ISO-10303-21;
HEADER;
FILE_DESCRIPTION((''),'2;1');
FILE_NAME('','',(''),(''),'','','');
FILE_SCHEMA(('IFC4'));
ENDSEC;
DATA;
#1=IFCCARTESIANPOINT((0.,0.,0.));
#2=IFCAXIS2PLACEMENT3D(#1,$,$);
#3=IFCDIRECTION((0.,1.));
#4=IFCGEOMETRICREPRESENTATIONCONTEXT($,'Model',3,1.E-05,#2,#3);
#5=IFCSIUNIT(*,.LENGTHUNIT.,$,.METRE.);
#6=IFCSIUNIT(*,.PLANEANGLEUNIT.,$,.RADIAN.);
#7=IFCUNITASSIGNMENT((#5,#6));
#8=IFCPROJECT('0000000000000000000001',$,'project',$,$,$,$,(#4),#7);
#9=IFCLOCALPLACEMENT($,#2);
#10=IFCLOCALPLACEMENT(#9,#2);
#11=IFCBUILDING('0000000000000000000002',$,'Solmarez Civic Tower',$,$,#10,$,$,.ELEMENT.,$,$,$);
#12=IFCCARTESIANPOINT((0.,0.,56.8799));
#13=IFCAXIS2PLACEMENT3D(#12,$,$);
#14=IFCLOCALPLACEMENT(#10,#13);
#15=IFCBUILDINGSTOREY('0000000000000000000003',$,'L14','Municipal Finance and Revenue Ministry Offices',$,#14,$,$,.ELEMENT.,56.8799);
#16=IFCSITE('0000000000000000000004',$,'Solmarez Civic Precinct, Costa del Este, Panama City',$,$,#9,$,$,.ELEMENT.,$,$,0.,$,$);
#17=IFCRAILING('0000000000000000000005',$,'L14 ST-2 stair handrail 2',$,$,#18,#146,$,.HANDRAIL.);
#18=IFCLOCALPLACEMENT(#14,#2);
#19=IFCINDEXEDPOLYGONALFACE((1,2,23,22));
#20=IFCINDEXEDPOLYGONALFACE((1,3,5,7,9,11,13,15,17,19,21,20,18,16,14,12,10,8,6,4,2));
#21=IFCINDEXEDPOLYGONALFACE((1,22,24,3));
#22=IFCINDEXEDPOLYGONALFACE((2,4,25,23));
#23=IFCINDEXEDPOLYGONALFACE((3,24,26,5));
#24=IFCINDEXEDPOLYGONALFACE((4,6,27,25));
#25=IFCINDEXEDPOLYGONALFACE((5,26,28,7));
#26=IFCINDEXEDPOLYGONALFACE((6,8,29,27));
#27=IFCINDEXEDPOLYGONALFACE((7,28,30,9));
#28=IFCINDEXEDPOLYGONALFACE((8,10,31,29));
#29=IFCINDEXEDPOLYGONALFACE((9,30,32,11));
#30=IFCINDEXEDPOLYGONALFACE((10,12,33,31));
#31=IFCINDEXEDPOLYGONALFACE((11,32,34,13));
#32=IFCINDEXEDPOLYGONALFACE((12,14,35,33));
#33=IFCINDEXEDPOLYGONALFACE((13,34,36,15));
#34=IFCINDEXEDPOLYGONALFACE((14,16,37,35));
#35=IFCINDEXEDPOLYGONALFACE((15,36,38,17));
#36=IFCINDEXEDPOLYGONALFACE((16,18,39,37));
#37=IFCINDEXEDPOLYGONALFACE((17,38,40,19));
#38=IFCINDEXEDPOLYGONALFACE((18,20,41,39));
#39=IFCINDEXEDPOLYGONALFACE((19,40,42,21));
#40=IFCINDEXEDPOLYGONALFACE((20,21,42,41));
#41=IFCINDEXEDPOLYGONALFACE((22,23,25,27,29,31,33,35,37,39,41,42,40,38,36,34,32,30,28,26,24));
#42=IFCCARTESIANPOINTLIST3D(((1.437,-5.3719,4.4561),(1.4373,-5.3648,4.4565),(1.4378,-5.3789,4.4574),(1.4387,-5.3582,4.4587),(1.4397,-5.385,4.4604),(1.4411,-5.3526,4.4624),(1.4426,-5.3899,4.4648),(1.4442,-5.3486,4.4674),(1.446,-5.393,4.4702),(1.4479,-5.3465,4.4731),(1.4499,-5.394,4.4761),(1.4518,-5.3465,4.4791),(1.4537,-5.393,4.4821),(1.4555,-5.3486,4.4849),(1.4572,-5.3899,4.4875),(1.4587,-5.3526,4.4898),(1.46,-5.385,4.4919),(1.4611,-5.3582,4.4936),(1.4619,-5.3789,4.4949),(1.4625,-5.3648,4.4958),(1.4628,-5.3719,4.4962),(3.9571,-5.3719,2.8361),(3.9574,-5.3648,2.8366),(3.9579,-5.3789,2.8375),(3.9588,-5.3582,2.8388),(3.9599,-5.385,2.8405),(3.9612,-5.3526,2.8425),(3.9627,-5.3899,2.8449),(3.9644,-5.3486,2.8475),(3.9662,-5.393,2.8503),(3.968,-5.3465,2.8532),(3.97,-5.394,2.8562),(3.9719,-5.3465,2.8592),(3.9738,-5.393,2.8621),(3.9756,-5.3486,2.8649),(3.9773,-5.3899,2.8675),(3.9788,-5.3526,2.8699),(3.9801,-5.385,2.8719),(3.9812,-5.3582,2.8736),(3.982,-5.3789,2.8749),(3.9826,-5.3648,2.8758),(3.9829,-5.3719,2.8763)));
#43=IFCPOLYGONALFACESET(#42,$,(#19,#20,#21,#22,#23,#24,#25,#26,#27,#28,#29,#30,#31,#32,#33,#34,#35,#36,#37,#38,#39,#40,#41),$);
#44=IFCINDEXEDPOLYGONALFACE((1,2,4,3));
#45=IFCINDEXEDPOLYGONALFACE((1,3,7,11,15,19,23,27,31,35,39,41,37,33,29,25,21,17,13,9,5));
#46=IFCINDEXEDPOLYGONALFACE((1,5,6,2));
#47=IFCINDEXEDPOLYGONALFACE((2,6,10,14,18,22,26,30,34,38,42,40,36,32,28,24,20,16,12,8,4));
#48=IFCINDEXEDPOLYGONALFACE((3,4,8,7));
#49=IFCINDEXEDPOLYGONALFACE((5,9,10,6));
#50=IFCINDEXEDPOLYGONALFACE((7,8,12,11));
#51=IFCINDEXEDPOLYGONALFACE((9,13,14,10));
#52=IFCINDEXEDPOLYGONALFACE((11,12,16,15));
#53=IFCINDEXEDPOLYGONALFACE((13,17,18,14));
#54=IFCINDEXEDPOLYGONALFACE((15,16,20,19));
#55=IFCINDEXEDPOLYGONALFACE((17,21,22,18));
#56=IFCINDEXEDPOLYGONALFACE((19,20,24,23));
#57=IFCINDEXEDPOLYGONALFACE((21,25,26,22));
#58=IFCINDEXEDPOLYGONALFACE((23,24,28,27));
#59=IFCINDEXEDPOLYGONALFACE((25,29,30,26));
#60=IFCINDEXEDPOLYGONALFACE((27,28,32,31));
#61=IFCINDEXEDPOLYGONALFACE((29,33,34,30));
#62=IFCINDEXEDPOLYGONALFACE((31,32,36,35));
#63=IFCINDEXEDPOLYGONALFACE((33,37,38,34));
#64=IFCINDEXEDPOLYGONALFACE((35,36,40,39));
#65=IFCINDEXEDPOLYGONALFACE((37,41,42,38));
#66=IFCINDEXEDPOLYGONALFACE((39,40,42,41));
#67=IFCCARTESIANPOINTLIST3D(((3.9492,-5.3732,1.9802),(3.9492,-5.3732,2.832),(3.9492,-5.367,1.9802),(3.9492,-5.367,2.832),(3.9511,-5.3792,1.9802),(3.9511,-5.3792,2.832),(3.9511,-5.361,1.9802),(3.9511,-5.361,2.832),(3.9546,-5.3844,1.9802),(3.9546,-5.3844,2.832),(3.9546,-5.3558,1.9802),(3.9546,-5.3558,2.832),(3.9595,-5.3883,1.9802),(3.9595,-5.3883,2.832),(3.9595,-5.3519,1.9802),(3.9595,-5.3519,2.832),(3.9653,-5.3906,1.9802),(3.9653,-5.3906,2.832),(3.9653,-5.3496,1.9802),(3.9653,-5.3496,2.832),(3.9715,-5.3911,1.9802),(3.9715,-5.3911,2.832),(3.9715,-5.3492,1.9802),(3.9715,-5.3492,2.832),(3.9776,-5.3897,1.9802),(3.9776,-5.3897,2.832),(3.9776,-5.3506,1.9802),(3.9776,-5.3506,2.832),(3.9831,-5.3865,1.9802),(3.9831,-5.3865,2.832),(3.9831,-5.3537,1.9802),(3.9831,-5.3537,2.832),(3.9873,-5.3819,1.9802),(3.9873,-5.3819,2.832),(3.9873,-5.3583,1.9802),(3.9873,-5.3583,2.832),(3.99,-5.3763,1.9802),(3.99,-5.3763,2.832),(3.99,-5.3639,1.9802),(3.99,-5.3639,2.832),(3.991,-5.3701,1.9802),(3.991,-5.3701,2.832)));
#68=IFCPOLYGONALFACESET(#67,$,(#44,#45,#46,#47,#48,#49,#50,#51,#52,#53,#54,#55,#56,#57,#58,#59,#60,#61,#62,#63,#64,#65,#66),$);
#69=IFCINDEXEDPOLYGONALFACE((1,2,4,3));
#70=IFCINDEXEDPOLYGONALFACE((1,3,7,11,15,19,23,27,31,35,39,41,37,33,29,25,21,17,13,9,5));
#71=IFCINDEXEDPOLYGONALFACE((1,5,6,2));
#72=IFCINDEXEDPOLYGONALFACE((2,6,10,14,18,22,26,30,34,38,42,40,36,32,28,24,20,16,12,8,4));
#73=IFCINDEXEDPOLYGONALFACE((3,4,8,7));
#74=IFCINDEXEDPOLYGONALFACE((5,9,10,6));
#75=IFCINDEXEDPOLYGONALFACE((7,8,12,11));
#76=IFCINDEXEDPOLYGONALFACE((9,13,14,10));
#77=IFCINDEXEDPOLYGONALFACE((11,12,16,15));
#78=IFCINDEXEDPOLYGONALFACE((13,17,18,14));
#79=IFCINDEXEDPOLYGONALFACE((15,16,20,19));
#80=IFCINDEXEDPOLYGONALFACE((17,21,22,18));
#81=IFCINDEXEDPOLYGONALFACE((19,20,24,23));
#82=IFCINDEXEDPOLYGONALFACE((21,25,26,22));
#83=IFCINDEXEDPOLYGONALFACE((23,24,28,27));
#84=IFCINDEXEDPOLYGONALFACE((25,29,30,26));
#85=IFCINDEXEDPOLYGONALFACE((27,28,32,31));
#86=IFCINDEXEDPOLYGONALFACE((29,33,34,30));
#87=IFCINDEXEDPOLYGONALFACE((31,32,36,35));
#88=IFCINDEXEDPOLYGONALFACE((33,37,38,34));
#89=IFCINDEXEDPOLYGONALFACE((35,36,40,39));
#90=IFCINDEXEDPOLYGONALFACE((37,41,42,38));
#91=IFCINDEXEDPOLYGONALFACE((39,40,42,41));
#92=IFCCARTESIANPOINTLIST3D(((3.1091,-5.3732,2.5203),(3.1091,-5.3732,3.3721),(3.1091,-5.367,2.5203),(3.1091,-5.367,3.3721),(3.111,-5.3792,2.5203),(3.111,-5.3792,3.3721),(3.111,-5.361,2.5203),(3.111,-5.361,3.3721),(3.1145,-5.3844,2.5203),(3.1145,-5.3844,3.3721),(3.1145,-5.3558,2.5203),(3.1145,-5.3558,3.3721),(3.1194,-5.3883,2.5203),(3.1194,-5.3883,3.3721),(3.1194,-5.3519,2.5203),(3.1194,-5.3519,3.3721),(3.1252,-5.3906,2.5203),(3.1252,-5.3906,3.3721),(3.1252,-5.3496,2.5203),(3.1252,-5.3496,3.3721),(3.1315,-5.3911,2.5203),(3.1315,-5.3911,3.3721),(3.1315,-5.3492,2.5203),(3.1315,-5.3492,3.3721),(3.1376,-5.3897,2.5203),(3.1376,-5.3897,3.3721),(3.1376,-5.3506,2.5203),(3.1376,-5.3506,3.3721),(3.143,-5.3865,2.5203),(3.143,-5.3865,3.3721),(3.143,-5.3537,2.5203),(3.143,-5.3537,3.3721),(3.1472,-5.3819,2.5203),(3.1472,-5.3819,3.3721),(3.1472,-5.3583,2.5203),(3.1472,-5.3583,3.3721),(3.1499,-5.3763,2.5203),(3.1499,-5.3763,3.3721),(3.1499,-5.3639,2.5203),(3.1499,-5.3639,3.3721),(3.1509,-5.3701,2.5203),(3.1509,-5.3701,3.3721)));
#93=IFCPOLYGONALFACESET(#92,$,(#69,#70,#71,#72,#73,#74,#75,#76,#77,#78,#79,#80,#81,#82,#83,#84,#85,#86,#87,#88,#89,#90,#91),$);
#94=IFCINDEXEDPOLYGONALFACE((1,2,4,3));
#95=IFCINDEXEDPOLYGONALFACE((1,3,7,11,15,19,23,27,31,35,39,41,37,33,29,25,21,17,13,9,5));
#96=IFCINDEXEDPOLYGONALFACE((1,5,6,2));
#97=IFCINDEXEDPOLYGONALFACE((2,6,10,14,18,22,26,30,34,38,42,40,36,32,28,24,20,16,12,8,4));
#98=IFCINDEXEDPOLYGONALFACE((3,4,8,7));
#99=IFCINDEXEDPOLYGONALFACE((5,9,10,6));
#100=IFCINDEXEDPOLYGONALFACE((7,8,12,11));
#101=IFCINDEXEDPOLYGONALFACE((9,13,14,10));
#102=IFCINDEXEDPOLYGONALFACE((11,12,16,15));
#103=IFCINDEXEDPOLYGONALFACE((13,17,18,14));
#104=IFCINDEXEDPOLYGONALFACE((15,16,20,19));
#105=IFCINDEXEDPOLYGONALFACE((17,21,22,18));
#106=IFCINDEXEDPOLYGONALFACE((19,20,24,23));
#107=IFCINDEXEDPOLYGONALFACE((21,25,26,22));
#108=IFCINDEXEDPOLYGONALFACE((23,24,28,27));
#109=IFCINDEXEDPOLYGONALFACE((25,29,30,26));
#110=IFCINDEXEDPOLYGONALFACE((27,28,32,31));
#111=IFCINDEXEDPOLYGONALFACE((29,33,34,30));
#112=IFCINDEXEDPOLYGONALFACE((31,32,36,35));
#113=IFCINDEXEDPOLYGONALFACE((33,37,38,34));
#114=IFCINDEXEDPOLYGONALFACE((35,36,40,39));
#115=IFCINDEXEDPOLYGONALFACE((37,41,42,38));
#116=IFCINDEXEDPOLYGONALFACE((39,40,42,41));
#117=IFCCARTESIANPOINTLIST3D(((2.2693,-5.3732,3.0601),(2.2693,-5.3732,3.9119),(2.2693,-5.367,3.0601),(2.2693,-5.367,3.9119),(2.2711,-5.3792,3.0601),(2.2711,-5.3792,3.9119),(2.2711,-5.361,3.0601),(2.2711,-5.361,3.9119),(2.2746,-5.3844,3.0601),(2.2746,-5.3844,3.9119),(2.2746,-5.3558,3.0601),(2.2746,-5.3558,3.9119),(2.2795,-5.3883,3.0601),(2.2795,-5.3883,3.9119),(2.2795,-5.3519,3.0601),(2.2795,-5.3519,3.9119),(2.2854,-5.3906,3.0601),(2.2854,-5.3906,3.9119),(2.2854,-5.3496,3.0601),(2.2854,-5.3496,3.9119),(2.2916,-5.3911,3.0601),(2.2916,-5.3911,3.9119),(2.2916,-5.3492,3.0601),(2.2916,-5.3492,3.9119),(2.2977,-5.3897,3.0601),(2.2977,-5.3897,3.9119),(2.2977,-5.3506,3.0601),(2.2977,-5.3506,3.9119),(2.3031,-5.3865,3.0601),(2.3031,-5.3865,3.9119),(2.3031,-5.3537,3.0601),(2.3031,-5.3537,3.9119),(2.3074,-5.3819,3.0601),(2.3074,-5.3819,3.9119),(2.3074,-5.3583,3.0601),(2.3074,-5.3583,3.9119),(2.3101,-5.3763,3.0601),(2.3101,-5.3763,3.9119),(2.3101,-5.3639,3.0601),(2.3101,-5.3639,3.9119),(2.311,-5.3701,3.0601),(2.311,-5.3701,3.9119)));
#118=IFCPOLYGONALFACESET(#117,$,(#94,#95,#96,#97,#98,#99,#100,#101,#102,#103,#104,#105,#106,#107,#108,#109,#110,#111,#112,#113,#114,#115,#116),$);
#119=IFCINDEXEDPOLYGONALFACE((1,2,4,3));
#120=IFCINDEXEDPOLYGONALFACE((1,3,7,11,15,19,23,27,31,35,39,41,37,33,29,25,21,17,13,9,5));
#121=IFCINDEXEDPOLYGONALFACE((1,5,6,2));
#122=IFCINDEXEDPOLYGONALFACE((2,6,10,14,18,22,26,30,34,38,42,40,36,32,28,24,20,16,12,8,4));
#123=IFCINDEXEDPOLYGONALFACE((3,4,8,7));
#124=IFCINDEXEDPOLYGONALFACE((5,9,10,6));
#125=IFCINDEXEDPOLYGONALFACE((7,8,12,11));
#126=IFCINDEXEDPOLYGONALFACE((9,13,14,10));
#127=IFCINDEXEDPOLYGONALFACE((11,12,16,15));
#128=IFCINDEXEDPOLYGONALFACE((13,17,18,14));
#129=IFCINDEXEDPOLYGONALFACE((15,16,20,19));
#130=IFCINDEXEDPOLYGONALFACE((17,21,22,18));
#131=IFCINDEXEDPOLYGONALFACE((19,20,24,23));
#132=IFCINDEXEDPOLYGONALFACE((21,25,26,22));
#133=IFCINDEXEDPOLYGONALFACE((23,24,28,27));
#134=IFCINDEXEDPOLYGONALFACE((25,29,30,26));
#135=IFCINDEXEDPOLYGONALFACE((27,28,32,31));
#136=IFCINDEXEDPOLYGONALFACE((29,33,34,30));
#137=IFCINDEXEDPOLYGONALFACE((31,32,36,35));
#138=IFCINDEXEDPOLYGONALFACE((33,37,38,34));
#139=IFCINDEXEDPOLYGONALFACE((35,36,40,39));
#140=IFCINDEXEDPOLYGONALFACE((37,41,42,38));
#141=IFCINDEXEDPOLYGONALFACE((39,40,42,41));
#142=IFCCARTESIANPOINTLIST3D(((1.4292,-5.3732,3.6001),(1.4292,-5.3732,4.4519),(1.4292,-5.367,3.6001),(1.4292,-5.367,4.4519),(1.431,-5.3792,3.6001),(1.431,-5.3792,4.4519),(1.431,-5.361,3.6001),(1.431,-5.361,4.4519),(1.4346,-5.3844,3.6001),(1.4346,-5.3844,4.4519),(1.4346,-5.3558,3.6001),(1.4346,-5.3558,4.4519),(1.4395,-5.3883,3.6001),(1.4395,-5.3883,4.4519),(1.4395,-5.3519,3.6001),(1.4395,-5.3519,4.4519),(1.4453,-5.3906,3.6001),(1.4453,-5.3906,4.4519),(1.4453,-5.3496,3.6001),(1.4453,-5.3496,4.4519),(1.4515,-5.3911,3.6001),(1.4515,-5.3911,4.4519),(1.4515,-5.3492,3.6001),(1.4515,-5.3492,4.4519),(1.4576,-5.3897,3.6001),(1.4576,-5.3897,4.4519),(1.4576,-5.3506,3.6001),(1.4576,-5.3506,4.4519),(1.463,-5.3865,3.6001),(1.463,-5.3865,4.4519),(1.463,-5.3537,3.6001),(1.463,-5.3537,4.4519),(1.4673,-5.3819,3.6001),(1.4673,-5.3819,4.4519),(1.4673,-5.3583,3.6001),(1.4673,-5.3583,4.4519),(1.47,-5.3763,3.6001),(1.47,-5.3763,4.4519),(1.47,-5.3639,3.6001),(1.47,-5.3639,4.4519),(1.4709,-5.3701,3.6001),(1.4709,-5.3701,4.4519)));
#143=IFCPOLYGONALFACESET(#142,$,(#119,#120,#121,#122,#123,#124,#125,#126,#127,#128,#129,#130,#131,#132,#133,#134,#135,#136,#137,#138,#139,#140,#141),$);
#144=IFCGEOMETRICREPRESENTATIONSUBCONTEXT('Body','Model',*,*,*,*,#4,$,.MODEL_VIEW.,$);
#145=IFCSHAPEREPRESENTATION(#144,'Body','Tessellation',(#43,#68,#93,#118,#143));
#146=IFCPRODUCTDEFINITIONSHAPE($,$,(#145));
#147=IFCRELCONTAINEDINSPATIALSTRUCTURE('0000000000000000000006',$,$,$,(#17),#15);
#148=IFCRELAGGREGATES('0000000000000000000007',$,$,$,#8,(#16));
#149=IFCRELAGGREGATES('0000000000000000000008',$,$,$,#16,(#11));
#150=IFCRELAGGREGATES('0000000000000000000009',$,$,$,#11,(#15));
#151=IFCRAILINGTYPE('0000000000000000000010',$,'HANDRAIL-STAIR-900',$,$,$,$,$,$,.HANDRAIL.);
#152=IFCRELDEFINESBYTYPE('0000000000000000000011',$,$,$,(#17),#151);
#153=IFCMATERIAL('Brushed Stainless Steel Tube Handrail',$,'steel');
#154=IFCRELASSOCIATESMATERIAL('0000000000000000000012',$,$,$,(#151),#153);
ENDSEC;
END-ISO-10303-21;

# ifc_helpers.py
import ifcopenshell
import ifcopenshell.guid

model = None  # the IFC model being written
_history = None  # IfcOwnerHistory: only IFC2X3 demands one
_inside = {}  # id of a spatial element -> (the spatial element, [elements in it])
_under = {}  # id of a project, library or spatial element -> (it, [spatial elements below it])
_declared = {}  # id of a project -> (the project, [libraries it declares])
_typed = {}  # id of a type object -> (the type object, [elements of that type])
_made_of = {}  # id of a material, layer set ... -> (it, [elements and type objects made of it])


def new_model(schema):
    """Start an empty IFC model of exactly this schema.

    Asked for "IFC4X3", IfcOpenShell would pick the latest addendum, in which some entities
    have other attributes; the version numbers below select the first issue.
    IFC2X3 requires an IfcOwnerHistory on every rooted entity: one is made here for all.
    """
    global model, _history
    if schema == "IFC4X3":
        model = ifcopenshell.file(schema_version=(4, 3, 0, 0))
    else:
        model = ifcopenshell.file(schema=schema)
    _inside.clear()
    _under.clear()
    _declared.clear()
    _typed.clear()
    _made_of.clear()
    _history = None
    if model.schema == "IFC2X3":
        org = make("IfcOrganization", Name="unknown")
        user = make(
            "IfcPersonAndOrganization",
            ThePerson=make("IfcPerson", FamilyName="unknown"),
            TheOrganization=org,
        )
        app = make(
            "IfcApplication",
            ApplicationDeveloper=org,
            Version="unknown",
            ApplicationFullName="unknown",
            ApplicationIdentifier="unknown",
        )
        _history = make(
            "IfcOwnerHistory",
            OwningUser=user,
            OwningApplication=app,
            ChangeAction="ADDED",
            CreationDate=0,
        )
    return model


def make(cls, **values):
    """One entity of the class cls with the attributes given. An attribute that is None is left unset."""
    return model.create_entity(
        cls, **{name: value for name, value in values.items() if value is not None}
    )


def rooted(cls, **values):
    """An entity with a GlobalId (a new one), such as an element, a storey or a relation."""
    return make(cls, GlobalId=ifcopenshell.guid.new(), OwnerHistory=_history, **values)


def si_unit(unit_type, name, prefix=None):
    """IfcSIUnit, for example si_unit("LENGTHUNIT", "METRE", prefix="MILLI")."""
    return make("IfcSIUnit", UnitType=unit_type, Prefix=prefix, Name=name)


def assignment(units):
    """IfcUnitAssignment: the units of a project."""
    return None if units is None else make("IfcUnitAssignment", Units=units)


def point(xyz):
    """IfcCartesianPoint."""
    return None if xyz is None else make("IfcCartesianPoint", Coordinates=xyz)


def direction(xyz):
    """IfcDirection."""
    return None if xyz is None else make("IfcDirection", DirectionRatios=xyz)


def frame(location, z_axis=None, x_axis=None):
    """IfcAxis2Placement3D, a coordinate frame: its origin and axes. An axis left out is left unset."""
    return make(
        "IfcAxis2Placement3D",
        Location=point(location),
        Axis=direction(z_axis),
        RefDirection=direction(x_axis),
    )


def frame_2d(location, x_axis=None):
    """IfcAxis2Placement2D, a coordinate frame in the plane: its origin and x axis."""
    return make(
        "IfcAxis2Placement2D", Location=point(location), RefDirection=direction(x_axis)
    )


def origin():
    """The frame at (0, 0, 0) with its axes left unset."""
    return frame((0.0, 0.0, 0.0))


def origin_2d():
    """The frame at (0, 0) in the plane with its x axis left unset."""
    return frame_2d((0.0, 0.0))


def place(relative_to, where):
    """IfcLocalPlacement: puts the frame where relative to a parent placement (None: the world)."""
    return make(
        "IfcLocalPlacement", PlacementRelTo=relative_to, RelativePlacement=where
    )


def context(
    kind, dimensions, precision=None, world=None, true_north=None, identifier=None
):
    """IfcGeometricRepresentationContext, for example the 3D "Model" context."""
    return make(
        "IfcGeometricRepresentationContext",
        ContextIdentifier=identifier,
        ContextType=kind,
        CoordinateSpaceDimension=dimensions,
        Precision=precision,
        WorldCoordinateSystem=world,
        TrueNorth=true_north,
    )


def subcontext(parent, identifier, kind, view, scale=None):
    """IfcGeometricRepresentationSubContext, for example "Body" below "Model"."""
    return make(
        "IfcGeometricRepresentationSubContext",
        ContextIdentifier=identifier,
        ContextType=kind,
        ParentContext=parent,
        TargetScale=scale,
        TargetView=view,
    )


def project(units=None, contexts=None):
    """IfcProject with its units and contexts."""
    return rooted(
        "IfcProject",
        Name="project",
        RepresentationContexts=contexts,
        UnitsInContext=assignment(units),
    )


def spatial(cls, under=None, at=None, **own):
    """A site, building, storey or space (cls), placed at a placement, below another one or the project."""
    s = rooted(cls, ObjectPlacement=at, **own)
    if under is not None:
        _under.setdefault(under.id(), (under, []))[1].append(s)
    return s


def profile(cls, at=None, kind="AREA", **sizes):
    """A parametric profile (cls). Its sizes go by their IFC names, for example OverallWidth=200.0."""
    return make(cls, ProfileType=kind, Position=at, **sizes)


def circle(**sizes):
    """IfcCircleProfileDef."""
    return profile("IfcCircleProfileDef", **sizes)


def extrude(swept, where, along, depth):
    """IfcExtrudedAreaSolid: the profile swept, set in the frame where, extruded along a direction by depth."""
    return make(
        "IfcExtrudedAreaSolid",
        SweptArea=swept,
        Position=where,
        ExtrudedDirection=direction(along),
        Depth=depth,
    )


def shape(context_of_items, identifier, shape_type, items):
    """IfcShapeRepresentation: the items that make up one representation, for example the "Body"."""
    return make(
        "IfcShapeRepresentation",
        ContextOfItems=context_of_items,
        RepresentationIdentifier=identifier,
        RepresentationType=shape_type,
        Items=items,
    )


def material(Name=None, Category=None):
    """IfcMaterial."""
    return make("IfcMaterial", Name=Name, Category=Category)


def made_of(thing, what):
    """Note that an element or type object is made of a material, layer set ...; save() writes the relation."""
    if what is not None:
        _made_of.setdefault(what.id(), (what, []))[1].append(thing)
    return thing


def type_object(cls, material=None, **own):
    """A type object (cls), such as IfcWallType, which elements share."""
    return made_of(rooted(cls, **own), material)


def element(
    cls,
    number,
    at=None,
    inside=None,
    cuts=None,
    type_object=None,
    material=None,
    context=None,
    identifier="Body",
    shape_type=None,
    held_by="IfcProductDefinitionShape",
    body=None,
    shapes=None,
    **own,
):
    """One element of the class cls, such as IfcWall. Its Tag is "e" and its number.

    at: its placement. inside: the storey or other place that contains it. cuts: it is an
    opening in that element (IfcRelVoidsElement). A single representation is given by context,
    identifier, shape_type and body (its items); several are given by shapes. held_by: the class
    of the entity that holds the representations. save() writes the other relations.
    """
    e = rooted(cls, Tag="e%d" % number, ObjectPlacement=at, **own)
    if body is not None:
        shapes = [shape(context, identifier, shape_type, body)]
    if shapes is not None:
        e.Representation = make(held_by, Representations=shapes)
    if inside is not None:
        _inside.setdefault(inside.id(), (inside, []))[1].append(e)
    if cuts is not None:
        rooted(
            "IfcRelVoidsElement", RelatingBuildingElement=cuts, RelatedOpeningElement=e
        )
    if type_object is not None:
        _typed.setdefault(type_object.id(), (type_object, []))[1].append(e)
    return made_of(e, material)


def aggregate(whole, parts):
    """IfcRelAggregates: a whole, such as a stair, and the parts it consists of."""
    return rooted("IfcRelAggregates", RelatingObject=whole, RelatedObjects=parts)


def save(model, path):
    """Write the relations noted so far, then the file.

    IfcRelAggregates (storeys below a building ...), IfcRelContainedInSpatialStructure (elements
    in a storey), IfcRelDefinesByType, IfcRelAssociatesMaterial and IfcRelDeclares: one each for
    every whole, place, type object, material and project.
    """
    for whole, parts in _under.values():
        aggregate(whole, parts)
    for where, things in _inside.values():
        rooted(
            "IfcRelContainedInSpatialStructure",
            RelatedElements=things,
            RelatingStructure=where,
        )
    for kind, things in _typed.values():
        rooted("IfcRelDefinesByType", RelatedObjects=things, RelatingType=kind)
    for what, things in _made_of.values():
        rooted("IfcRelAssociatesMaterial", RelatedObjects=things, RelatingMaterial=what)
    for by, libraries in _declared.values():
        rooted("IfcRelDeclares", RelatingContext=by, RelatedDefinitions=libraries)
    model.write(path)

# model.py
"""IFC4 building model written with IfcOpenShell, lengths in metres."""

from ifc_helpers import new_model, si_unit, direction, frame, origin, origin_2d, place, context, subcontext, project, spatial, circle, extrude, material, type_object, element, save


model = new_model("IFC4")

# Units and contexts
model_context = context("Model", 3, precision=1e-05, world=origin(), true_north=direction((0.0, 1.0)))
body_context = subcontext(model_context, "Body", "Model", "MODEL_VIEW")
ifc_project = project(units=[si_unit("LENGTHUNIT", "METRE"), si_unit("PLANEANGLEUNIT", "RADIAN")], contexts=[model_context])

# Site, building, storey
site_placement = place(None, origin())
site = spatial("IfcSite", under=ifc_project, at=site_placement, Name="Solmarez Civic Precinct, Costa del Este, Panama City", CompositionType="ELEMENT", RefElevation=0.0)
building_placement = place(site_placement, origin())
building = spatial("IfcBuilding", under=site, at=building_placement, Name="Solmarez Civic Tower", CompositionType="ELEMENT")
storey_placement = place(building_placement, frame((0.0, 0.0, 56.8799)))
storey = spatial("IfcBuildingStorey", under=building, at=storey_placement, Name="L14", Description="Municipal Finance and Revenue Ministry Offices", CompositionType="ELEMENT", Elevation=56.8799)

# Railing
ifc_material_1 = material(Name="Brushed Stainless Steel Tube Handrail", Category="steel")
railing_type_1 = type_object("IfcRailingType", Name="HANDRAIL-STAIR-900", PredefinedType="HANDRAIL", material=ifc_material_1)
railing_1_placement = place(storey_placement, frame((3.97, -5.3701, 1.9802)))
element("IfcRailing", 1, at=railing_1_placement, inside=storey, type_object=railing_type_1, Name="L14 ST-2 stair handrail 2", PredefinedType="HANDRAIL", context=body_context, shape_type="SweptSolid", body=[
    extrude(circle(Radius=0.0239, at=origin_2d()), frame((0.0, 0.0, 0.876), z_axis=(-0.8412, 0.0, 0.540725), x_axis=(0.0, -1.0, 0.0)), (0.0, 0.0, 1.0), 2.9958),
    extrude(circle(Radius=0.021, at=origin_2d()), origin(), (0.0, 0.0, 1.0), 0.8518),
    extrude(circle(Radius=0.021, at=origin_2d()), frame((-0.8401, 0.0, 0.54)), (0.0, 0.0, 1.0), 0.8518),
    extrude(circle(Radius=0.021, at=origin_2d()), frame((-1.6799, 0.0, 1.0798)), (0.0, 0.0, 1.0), 0.8518),
    extrude(circle(Radius=0.021, at=origin_2d()), frame((-2.52, 0.0, 1.6199)), (0.0, 0.0, 1.0), 0.8518),
])

save(model, "model.ifc")
